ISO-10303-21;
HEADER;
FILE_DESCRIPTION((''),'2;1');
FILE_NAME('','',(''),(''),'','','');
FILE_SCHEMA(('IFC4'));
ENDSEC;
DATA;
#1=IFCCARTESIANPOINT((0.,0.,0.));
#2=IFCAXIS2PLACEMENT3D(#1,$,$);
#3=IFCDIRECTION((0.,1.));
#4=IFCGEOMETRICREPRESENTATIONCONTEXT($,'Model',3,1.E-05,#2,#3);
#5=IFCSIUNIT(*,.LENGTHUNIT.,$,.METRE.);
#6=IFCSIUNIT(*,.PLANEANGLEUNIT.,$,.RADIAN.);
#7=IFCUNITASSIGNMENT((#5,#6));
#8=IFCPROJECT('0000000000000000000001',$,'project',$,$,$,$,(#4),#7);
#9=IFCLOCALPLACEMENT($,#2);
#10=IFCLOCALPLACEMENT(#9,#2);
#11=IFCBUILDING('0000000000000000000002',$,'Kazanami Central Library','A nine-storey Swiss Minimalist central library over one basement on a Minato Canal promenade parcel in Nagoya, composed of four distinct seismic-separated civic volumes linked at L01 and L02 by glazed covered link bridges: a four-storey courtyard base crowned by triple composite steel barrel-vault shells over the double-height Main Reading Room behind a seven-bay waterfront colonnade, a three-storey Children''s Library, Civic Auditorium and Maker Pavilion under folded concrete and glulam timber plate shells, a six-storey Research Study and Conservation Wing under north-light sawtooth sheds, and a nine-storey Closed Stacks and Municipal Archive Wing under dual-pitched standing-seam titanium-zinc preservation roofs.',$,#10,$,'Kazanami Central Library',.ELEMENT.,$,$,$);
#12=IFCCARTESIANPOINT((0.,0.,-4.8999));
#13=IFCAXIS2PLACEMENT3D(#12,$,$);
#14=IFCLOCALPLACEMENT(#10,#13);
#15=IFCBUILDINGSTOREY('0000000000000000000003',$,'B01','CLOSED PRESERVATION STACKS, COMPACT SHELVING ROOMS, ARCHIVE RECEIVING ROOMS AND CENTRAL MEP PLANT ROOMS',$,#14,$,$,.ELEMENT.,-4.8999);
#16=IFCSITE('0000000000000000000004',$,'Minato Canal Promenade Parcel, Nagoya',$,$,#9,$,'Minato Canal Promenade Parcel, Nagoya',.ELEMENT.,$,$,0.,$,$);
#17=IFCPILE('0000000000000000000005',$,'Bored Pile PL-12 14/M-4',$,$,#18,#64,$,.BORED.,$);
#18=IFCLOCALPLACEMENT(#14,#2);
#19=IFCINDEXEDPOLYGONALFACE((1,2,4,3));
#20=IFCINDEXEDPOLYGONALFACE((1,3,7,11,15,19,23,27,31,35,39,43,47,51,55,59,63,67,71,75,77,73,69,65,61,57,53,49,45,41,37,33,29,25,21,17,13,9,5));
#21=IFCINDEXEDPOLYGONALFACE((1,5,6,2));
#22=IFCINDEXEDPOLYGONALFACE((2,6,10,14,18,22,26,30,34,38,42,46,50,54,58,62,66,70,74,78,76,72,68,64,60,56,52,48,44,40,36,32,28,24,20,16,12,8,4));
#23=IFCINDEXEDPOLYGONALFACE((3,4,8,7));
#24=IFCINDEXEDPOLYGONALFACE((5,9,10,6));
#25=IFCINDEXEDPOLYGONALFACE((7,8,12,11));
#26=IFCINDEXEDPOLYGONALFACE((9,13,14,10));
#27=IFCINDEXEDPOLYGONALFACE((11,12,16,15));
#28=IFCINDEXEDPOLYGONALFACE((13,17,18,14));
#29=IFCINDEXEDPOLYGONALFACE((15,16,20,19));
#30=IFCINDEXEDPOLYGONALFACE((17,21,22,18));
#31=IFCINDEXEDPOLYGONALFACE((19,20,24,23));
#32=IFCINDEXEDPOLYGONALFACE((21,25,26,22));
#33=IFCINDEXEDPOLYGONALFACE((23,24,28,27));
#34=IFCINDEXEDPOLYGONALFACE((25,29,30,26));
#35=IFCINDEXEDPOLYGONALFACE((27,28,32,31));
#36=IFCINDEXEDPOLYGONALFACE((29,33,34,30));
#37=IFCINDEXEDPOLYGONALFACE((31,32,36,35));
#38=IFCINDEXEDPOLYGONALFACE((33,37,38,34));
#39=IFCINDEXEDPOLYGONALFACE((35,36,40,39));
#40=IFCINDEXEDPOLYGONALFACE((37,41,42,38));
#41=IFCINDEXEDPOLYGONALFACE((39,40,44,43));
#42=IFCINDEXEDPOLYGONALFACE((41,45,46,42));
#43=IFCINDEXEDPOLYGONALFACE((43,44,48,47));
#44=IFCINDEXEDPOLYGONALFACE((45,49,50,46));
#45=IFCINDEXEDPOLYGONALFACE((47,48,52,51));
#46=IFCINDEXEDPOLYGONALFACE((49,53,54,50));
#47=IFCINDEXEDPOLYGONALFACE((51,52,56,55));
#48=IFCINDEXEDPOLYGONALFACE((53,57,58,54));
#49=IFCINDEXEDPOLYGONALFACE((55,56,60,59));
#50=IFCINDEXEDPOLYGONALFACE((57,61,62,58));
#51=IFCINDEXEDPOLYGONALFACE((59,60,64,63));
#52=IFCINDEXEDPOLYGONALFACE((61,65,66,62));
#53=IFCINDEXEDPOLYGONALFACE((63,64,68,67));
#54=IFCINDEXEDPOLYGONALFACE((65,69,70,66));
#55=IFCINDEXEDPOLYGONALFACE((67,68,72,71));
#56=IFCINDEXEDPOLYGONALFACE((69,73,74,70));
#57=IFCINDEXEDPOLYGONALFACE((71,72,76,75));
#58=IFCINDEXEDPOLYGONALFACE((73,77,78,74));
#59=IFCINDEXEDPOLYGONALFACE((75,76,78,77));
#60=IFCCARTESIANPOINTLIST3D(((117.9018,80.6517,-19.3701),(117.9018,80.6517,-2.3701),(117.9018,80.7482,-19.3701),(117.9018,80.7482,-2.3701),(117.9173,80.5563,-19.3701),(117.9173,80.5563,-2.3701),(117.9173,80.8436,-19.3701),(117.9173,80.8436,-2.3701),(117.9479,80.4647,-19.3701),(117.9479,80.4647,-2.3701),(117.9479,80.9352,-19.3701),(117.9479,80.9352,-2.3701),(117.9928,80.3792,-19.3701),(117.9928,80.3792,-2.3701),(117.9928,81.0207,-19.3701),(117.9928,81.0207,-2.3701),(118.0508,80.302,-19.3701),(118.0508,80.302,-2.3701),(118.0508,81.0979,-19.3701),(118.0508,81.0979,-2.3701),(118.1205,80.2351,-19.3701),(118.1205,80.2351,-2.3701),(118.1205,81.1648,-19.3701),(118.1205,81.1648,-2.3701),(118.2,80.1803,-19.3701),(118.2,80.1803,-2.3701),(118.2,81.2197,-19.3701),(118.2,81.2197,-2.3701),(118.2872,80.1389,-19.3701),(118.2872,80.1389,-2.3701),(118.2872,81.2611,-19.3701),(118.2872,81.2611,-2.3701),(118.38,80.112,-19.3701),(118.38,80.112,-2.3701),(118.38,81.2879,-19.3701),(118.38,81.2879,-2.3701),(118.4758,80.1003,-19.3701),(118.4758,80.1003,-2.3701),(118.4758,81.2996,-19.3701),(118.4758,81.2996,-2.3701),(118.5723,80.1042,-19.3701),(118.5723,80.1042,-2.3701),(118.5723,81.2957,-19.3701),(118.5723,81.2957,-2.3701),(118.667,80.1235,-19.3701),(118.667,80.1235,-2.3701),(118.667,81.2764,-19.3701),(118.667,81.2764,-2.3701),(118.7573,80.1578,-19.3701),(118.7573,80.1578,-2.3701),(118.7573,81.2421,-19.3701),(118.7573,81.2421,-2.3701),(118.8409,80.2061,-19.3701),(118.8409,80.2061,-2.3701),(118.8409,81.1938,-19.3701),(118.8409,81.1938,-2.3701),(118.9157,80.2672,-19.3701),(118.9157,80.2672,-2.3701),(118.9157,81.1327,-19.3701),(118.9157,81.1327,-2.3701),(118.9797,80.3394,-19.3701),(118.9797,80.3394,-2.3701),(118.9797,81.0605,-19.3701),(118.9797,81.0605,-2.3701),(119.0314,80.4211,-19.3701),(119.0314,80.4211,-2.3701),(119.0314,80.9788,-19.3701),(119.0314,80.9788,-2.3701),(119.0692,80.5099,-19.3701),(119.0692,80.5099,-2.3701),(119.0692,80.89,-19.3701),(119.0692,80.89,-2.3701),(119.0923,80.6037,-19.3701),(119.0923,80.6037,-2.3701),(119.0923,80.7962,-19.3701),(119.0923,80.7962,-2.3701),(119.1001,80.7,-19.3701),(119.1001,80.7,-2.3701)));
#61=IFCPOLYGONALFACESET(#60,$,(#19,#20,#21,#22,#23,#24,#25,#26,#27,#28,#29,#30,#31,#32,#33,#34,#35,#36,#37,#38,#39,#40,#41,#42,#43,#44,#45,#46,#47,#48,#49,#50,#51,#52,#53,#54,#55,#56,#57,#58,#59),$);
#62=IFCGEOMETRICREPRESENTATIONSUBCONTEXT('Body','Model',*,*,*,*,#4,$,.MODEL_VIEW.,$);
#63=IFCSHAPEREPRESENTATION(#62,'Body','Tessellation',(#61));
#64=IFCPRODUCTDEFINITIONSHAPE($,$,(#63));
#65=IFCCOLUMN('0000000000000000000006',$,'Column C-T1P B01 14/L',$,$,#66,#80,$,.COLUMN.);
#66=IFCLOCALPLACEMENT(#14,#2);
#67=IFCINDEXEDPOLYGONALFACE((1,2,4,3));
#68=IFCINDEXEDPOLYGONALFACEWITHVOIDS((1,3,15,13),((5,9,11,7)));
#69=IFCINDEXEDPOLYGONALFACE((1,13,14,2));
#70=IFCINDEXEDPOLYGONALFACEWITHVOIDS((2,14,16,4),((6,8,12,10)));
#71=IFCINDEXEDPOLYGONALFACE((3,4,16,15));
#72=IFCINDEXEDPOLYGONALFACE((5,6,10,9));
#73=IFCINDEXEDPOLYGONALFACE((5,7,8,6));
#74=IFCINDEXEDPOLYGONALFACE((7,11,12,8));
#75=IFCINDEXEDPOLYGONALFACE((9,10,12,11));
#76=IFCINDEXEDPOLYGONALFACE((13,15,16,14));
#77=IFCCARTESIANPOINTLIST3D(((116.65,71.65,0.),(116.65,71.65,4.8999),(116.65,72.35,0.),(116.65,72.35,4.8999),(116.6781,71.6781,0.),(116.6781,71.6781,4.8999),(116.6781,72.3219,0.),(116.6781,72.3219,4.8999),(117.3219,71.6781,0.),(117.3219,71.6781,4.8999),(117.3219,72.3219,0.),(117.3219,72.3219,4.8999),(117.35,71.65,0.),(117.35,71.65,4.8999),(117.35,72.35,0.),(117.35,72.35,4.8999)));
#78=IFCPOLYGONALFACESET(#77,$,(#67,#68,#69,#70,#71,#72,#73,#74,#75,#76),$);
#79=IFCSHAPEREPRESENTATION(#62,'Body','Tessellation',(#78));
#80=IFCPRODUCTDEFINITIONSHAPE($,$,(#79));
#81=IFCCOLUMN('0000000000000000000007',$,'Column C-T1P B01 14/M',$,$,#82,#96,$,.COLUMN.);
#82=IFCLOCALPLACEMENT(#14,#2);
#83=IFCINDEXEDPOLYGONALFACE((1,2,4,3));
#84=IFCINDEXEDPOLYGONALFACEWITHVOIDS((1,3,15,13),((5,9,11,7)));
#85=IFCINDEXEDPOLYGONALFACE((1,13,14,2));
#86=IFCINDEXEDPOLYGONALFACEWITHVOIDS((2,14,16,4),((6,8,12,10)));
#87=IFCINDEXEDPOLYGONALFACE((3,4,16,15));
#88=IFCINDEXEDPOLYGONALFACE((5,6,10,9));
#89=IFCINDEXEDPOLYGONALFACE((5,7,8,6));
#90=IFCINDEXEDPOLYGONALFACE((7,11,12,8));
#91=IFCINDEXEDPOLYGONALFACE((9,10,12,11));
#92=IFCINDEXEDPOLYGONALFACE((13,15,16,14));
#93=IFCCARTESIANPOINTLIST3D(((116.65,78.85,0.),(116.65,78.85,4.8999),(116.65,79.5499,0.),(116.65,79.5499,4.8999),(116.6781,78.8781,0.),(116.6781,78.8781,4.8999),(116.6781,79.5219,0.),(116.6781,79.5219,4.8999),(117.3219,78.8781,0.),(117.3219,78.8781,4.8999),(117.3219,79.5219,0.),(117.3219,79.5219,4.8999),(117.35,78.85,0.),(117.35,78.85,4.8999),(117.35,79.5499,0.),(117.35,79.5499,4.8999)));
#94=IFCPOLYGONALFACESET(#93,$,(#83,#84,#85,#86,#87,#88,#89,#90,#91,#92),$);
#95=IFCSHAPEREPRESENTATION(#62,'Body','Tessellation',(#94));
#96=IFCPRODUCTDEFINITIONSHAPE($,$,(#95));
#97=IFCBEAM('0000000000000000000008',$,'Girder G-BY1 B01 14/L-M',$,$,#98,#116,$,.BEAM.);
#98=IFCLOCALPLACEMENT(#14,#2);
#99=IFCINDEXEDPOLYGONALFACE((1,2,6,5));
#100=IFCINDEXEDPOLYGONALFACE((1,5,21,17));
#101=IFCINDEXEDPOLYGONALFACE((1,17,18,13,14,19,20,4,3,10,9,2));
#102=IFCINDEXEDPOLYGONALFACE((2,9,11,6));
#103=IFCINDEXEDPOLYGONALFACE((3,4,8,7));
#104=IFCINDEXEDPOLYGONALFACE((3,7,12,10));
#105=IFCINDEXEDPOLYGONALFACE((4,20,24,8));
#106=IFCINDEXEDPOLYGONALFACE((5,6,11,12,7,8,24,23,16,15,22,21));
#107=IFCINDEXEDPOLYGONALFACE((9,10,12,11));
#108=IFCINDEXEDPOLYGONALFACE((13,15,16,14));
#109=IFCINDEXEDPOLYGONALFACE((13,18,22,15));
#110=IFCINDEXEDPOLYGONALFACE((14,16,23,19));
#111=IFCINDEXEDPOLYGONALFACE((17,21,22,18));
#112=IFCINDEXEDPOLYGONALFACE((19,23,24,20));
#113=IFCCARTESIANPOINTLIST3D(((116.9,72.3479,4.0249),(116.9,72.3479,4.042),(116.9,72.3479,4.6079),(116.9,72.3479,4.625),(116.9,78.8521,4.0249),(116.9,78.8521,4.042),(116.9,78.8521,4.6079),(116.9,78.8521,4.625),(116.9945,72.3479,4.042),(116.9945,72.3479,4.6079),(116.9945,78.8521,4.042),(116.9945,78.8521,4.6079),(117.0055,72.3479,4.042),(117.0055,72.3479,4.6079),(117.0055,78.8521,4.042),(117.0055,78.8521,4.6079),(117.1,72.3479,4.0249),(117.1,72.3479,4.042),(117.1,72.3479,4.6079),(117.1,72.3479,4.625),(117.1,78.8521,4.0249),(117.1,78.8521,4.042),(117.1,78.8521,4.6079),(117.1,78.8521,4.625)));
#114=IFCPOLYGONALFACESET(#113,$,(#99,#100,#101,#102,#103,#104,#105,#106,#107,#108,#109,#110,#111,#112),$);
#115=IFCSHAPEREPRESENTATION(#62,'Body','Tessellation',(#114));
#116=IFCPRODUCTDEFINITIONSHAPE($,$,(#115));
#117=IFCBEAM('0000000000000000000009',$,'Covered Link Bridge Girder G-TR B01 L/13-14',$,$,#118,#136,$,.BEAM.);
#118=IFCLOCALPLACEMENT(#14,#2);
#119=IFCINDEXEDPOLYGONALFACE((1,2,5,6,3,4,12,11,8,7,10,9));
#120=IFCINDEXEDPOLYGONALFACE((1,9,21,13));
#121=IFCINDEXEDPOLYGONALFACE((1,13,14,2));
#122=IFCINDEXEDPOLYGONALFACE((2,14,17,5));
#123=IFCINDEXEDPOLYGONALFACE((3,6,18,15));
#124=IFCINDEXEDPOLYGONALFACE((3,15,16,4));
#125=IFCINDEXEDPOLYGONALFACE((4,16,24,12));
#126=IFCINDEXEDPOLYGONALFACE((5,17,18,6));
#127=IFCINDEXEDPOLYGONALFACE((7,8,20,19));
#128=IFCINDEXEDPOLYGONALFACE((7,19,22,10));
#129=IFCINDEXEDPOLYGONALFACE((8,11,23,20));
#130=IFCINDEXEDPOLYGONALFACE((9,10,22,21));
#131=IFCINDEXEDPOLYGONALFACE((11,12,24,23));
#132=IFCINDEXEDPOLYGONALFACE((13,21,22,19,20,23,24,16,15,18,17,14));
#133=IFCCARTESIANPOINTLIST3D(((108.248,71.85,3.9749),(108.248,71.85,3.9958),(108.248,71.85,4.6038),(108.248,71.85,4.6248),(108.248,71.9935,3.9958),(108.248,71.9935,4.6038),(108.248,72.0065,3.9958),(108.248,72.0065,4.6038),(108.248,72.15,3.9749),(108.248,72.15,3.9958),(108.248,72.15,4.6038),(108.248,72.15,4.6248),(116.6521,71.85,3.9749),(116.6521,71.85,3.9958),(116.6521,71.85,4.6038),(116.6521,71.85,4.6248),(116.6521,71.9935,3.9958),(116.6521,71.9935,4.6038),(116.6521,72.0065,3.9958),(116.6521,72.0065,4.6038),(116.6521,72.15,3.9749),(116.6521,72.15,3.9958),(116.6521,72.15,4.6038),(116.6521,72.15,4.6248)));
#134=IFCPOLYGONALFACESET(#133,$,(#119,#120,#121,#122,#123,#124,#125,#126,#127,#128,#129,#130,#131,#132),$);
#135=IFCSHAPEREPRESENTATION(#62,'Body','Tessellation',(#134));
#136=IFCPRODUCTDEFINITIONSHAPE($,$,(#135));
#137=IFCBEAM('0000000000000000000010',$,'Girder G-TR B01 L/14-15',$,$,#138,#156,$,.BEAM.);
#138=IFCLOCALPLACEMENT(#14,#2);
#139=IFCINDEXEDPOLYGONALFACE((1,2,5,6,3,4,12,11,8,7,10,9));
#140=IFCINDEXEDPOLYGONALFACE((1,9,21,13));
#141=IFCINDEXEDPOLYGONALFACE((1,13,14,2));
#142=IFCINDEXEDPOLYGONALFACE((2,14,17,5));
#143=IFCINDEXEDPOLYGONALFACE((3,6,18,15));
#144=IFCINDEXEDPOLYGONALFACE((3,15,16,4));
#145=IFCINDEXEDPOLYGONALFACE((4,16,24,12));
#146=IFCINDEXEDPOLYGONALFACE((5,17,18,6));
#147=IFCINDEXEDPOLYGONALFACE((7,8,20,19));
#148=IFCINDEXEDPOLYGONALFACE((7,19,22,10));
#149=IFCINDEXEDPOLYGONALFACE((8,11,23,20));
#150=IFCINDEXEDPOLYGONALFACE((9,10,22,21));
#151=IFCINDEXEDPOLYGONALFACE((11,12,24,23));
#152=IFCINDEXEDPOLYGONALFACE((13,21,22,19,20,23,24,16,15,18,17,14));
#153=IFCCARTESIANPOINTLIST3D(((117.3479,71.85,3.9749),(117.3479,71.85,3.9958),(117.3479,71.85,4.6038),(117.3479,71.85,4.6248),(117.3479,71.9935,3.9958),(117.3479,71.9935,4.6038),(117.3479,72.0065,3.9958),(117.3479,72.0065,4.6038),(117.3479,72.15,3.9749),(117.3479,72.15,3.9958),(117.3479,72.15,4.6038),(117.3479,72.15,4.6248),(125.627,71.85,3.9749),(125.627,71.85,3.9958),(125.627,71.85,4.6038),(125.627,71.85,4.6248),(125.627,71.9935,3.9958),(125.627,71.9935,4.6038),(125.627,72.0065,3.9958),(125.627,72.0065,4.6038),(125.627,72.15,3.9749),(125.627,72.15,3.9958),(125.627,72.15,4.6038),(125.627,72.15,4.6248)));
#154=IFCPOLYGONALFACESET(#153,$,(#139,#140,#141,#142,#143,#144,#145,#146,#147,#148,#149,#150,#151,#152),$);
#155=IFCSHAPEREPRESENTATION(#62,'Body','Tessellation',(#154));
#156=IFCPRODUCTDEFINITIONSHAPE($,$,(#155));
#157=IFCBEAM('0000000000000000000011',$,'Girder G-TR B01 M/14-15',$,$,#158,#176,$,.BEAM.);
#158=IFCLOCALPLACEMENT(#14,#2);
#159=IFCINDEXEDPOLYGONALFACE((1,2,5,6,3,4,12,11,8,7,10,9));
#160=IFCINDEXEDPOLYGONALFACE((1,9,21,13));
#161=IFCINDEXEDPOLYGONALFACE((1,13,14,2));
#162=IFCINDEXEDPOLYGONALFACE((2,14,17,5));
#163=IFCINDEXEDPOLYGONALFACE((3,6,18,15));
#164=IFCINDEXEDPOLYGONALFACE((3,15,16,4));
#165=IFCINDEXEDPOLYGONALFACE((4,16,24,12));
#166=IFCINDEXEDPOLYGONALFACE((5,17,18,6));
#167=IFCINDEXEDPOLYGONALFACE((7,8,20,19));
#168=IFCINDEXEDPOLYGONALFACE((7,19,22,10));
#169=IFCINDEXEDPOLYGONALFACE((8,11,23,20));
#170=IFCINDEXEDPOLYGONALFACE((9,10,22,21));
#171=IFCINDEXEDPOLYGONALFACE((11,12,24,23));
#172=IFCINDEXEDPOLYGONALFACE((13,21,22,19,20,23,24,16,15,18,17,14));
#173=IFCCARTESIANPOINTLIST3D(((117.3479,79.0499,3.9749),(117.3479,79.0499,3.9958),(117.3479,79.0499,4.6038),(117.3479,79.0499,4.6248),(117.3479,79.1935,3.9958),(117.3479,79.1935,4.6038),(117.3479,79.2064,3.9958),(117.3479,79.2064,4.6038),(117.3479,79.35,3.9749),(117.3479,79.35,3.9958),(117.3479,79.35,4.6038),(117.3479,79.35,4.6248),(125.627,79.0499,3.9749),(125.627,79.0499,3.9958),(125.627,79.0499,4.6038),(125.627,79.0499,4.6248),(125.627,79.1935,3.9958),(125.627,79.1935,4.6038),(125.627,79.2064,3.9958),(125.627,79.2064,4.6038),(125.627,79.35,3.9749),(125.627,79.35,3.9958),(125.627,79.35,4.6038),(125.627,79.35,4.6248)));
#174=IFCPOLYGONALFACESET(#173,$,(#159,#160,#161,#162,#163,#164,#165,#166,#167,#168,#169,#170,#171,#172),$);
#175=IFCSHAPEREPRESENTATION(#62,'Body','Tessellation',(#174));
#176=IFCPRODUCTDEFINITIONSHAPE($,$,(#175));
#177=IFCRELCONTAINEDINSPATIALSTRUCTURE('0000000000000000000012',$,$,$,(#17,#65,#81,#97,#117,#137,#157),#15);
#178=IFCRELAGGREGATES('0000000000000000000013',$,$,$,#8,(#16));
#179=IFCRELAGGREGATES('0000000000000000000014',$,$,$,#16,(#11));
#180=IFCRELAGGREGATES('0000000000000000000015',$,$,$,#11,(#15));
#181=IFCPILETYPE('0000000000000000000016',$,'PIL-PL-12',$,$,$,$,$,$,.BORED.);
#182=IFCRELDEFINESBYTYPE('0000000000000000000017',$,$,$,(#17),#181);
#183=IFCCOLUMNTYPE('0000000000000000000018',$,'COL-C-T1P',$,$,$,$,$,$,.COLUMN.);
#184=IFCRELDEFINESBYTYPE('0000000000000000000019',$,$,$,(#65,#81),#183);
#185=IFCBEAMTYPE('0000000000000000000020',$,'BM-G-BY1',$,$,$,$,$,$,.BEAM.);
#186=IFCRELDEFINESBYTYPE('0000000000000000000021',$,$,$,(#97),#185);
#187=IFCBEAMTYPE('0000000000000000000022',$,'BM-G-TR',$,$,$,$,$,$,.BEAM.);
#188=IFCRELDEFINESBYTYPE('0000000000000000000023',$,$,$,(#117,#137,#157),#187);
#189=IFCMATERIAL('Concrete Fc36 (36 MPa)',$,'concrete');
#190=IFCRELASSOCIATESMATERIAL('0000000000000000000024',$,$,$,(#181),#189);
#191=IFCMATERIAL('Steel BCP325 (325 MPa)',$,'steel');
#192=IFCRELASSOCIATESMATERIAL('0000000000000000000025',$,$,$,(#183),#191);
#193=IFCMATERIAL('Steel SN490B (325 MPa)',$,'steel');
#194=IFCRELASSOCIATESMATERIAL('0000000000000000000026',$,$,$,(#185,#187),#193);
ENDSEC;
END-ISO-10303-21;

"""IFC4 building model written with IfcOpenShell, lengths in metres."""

from ifc_helpers import new_model, si_unit, direction, frame, origin, origin_2d, place, context, subcontext, project, spatial, hollow_rectangle, circle, i_section, extrude, material, material_profile, profile_set, type_object, element, save


model = new_model("IFC4")

# Units and contexts
model_context = context("Model", 3, precision=1e-05, world=origin(), true_north=direction((0.0, 1.0)))
body_context = subcontext(model_context, "Body", "Model", "MODEL_VIEW")
ifc_project = project(units=[si_unit("LENGTHUNIT", "METRE"), si_unit("PLANEANGLEUNIT", "RADIAN")], contexts=[model_context])

# Site, building, storey
site_placement = place(None, origin())
site = spatial("IfcSite", under=ifc_project, at=site_placement, Name="Minato Canal Promenade Parcel, Nagoya", LongName="Minato Canal Promenade Parcel, Nagoya", CompositionType="ELEMENT", RefElevation=0.0)
building_placement = place(site_placement, origin())
building = spatial("IfcBuilding", under=site, at=building_placement, Name="Kazanami Central Library", Description="A nine-storey Swiss Minimalist central library over one basement on a Minato Canal promenade parcel in Nagoya, composed of four distinct seismic-separated civic volumes linked at L01 and L02 by glazed covered link bridges: a four-storey courtyard base crowned by triple composite steel barrel-vault shells over the double-height Main Reading Room behind a seven-bay waterfront colonnade, a three-storey Children's Library, Civic Auditorium and Maker Pavilion under folded concrete and glulam timber plate shells, a six-storey Research Study and Conservation Wing under north-light sawtooth sheds, and a nine-storey Closed Stacks and Municipal Archive Wing under dual-pitched standing-seam titanium-zinc preservation roofs.", LongName="Kazanami Central Library", CompositionType="ELEMENT")
storey_placement = place(building_placement, frame((0.0, 0.0, -4.8999)))
storey = spatial("IfcBuildingStorey", under=building, at=storey_placement, Name="B01", Description="CLOSED PRESERVATION STACKS, COMPACT SHELVING ROOMS, ARCHIVE RECEIVING ROOMS AND CENTRAL MEP PLANT ROOMS", CompositionType="ELEMENT", Elevation=-4.8999)

# Shared definitions
ifc_material_1 = material(Name="Concrete Fc36 (36 MPa)", Category="concrete")

# Pile
ifc_material_profile_1 = material_profile(ifc_material_1, circle(Radius=0.6001, at=origin_2d()), Name="BORED-D1200")
ifc_profile_set_1 = profile_set([ifc_material_profile_1], Name="Concrete Fc36 (36 MPa)")
pile_type = type_object("IfcPileType", Name="PIL-PL-12", PredefinedType="BORED", material=ifc_profile_set_1)
for number, where, z_axis, x_axis, name in (
    (1, (118.5, 80.7, -2.3701), (0.0, 0.0, -1.0), (1.0, 0.0, 0.0), "Bored Pile PL-12 14/M-4"),
):
    element("IfcPile", number, at=place(storey_placement, frame(where, z_axis=z_axis, x_axis=x_axis)), inside=storey, type_object=pile_type, Name=name, PredefinedType="BORED", context=body_context, shape_type="SweptSolid", body=[
        extrude(circle(Radius=0.6001, at=origin_2d()), origin(), (0.0, 0.0, 1.0), 17.0),
    ])

# Columns
ifc_material_2 = material(Name="Steel BCP325 (325 MPa)", Category="steel")
ifc_material_profile_2 = material_profile(ifc_material_2, hollow_rectangle(XDim=0.7, YDim=0.7, WallThickness=0.0281, at=origin_2d()), Name="BCP-700x700x28")
ifc_profile_set_2 = profile_set([ifc_material_profile_2], Name="Steel BCP325 (325 MPa)")
column_type = type_object("IfcColumnType", Name="COL-C-T1P", PredefinedType="COLUMN", material=ifc_profile_set_2)
for number, where, z_axis, x_axis, name in (
    (2, (117.0, 72.0, 0.0), (0.0, 0.0, 1.0), (1.0, 0.0, 0.0), "Column C-T1P B01 14/L"),
    (3, (117.0, 79.2, 0.0), (0.0, 0.0, 1.0), (1.0, 0.0, 0.0), "Column C-T1P B01 14/M"),
):
    element("IfcColumn", number, at=place(storey_placement, frame(where, z_axis=z_axis, x_axis=x_axis)), inside=storey, type_object=column_type, Name=name, PredefinedType="COLUMN", context=body_context, shape_type="SweptSolid", body=[
        extrude(hollow_rectangle(XDim=0.7, YDim=0.7, WallThickness=0.0281, at=origin_2d()), origin(), (0.0, 0.0, 1.0), 4.8999),
    ])

# Beams
ifc_material_3 = material(Name="Steel SN490B (325 MPa)", Category="steel")
ifc_material_profile_3 = material_profile(ifc_material_3, i_section(OverallWidth=0.2, OverallDepth=0.6001, WebThickness=0.011, FlangeThickness=0.0171, at=origin_2d()), Name="H-600x200x11x17")
ifc_profile_set_3 = profile_set([ifc_material_profile_3], Name="Steel SN490B (325 MPa)")
beam_type_1 = type_object("IfcBeamType", Name="BM-G-BY1", PredefinedType="BEAM", material=ifc_profile_set_3)
beam_1_placement = place(storey_placement, frame((117.0, 72.3479, 4.325), z_axis=(0.0, 1.0, 0.0), x_axis=(-1.0, 0.0, 0.0)))
element("IfcBeam", 4, at=beam_1_placement, inside=storey, type_object=beam_type_1, Name="Girder G-BY1 B01 14/L-M", PredefinedType="BEAM", context=body_context, shape_type="SweptSolid", body=[
    extrude(i_section(OverallWidth=0.2, OverallDepth=0.6001, WebThickness=0.011, FlangeThickness=0.0171, at=origin_2d()), origin(), (0.0, 0.0, 1.0), 6.5042),
])
ifc_material_profile_4 = material_profile(ifc_material_3, i_section(OverallWidth=0.3, OverallDepth=0.6499, WebThickness=0.0129, FlangeThickness=0.021, at=origin_2d()), Name="H-650x300x13x21")
ifc_profile_set_4 = profile_set([ifc_material_profile_4], Name="Steel SN490B (325 MPa)")
beam_type_2 = type_object("IfcBeamType", Name="BM-G-TR", PredefinedType="BEAM", material=ifc_profile_set_4)
beam_2_placement = place(storey_placement, frame((108.248, 72.0, 4.2998), z_axis=(1.0, 0.0, 0.0), x_axis=(0.0, 1.0, 0.0)))
element("IfcBeam", 5, at=beam_2_placement, inside=storey, type_object=beam_type_2, Name="Covered Link Bridge Girder G-TR B01 L/13-14", PredefinedType="BEAM", context=body_context, shape_type="SweptSolid", body=[
    extrude(i_section(OverallWidth=0.3, OverallDepth=0.6499, WebThickness=0.0129, FlangeThickness=0.021, at=origin_2d()), origin(), (0.0, 0.0, 1.0), 8.4041),
])
for number, where, z_axis, x_axis, name in (
    (6, (117.3479, 72.0, 4.2998), (1.0, 0.0, 0.0), (0.0, 1.0, 0.0), "Girder G-TR B01 L/14-15"),
    (7, (117.3479, 79.2, 4.2998), (1.0, 0.0, 0.0), (0.0, 1.0, 0.0), "Girder G-TR B01 M/14-15"),
):
    element("IfcBeam", number, at=place(storey_placement, frame(where, z_axis=z_axis, x_axis=x_axis)), inside=storey, type_object=beam_type_2, Name=name, PredefinedType="BEAM", context=body_context, shape_type="SweptSolid", body=[
        extrude(i_section(OverallWidth=0.3, OverallDepth=0.6499, WebThickness=0.0129, FlangeThickness=0.021, at=origin_2d()), origin(), (0.0, 0.0, 1.0), 8.2791),
    ])

save(model, "model.ifc")
